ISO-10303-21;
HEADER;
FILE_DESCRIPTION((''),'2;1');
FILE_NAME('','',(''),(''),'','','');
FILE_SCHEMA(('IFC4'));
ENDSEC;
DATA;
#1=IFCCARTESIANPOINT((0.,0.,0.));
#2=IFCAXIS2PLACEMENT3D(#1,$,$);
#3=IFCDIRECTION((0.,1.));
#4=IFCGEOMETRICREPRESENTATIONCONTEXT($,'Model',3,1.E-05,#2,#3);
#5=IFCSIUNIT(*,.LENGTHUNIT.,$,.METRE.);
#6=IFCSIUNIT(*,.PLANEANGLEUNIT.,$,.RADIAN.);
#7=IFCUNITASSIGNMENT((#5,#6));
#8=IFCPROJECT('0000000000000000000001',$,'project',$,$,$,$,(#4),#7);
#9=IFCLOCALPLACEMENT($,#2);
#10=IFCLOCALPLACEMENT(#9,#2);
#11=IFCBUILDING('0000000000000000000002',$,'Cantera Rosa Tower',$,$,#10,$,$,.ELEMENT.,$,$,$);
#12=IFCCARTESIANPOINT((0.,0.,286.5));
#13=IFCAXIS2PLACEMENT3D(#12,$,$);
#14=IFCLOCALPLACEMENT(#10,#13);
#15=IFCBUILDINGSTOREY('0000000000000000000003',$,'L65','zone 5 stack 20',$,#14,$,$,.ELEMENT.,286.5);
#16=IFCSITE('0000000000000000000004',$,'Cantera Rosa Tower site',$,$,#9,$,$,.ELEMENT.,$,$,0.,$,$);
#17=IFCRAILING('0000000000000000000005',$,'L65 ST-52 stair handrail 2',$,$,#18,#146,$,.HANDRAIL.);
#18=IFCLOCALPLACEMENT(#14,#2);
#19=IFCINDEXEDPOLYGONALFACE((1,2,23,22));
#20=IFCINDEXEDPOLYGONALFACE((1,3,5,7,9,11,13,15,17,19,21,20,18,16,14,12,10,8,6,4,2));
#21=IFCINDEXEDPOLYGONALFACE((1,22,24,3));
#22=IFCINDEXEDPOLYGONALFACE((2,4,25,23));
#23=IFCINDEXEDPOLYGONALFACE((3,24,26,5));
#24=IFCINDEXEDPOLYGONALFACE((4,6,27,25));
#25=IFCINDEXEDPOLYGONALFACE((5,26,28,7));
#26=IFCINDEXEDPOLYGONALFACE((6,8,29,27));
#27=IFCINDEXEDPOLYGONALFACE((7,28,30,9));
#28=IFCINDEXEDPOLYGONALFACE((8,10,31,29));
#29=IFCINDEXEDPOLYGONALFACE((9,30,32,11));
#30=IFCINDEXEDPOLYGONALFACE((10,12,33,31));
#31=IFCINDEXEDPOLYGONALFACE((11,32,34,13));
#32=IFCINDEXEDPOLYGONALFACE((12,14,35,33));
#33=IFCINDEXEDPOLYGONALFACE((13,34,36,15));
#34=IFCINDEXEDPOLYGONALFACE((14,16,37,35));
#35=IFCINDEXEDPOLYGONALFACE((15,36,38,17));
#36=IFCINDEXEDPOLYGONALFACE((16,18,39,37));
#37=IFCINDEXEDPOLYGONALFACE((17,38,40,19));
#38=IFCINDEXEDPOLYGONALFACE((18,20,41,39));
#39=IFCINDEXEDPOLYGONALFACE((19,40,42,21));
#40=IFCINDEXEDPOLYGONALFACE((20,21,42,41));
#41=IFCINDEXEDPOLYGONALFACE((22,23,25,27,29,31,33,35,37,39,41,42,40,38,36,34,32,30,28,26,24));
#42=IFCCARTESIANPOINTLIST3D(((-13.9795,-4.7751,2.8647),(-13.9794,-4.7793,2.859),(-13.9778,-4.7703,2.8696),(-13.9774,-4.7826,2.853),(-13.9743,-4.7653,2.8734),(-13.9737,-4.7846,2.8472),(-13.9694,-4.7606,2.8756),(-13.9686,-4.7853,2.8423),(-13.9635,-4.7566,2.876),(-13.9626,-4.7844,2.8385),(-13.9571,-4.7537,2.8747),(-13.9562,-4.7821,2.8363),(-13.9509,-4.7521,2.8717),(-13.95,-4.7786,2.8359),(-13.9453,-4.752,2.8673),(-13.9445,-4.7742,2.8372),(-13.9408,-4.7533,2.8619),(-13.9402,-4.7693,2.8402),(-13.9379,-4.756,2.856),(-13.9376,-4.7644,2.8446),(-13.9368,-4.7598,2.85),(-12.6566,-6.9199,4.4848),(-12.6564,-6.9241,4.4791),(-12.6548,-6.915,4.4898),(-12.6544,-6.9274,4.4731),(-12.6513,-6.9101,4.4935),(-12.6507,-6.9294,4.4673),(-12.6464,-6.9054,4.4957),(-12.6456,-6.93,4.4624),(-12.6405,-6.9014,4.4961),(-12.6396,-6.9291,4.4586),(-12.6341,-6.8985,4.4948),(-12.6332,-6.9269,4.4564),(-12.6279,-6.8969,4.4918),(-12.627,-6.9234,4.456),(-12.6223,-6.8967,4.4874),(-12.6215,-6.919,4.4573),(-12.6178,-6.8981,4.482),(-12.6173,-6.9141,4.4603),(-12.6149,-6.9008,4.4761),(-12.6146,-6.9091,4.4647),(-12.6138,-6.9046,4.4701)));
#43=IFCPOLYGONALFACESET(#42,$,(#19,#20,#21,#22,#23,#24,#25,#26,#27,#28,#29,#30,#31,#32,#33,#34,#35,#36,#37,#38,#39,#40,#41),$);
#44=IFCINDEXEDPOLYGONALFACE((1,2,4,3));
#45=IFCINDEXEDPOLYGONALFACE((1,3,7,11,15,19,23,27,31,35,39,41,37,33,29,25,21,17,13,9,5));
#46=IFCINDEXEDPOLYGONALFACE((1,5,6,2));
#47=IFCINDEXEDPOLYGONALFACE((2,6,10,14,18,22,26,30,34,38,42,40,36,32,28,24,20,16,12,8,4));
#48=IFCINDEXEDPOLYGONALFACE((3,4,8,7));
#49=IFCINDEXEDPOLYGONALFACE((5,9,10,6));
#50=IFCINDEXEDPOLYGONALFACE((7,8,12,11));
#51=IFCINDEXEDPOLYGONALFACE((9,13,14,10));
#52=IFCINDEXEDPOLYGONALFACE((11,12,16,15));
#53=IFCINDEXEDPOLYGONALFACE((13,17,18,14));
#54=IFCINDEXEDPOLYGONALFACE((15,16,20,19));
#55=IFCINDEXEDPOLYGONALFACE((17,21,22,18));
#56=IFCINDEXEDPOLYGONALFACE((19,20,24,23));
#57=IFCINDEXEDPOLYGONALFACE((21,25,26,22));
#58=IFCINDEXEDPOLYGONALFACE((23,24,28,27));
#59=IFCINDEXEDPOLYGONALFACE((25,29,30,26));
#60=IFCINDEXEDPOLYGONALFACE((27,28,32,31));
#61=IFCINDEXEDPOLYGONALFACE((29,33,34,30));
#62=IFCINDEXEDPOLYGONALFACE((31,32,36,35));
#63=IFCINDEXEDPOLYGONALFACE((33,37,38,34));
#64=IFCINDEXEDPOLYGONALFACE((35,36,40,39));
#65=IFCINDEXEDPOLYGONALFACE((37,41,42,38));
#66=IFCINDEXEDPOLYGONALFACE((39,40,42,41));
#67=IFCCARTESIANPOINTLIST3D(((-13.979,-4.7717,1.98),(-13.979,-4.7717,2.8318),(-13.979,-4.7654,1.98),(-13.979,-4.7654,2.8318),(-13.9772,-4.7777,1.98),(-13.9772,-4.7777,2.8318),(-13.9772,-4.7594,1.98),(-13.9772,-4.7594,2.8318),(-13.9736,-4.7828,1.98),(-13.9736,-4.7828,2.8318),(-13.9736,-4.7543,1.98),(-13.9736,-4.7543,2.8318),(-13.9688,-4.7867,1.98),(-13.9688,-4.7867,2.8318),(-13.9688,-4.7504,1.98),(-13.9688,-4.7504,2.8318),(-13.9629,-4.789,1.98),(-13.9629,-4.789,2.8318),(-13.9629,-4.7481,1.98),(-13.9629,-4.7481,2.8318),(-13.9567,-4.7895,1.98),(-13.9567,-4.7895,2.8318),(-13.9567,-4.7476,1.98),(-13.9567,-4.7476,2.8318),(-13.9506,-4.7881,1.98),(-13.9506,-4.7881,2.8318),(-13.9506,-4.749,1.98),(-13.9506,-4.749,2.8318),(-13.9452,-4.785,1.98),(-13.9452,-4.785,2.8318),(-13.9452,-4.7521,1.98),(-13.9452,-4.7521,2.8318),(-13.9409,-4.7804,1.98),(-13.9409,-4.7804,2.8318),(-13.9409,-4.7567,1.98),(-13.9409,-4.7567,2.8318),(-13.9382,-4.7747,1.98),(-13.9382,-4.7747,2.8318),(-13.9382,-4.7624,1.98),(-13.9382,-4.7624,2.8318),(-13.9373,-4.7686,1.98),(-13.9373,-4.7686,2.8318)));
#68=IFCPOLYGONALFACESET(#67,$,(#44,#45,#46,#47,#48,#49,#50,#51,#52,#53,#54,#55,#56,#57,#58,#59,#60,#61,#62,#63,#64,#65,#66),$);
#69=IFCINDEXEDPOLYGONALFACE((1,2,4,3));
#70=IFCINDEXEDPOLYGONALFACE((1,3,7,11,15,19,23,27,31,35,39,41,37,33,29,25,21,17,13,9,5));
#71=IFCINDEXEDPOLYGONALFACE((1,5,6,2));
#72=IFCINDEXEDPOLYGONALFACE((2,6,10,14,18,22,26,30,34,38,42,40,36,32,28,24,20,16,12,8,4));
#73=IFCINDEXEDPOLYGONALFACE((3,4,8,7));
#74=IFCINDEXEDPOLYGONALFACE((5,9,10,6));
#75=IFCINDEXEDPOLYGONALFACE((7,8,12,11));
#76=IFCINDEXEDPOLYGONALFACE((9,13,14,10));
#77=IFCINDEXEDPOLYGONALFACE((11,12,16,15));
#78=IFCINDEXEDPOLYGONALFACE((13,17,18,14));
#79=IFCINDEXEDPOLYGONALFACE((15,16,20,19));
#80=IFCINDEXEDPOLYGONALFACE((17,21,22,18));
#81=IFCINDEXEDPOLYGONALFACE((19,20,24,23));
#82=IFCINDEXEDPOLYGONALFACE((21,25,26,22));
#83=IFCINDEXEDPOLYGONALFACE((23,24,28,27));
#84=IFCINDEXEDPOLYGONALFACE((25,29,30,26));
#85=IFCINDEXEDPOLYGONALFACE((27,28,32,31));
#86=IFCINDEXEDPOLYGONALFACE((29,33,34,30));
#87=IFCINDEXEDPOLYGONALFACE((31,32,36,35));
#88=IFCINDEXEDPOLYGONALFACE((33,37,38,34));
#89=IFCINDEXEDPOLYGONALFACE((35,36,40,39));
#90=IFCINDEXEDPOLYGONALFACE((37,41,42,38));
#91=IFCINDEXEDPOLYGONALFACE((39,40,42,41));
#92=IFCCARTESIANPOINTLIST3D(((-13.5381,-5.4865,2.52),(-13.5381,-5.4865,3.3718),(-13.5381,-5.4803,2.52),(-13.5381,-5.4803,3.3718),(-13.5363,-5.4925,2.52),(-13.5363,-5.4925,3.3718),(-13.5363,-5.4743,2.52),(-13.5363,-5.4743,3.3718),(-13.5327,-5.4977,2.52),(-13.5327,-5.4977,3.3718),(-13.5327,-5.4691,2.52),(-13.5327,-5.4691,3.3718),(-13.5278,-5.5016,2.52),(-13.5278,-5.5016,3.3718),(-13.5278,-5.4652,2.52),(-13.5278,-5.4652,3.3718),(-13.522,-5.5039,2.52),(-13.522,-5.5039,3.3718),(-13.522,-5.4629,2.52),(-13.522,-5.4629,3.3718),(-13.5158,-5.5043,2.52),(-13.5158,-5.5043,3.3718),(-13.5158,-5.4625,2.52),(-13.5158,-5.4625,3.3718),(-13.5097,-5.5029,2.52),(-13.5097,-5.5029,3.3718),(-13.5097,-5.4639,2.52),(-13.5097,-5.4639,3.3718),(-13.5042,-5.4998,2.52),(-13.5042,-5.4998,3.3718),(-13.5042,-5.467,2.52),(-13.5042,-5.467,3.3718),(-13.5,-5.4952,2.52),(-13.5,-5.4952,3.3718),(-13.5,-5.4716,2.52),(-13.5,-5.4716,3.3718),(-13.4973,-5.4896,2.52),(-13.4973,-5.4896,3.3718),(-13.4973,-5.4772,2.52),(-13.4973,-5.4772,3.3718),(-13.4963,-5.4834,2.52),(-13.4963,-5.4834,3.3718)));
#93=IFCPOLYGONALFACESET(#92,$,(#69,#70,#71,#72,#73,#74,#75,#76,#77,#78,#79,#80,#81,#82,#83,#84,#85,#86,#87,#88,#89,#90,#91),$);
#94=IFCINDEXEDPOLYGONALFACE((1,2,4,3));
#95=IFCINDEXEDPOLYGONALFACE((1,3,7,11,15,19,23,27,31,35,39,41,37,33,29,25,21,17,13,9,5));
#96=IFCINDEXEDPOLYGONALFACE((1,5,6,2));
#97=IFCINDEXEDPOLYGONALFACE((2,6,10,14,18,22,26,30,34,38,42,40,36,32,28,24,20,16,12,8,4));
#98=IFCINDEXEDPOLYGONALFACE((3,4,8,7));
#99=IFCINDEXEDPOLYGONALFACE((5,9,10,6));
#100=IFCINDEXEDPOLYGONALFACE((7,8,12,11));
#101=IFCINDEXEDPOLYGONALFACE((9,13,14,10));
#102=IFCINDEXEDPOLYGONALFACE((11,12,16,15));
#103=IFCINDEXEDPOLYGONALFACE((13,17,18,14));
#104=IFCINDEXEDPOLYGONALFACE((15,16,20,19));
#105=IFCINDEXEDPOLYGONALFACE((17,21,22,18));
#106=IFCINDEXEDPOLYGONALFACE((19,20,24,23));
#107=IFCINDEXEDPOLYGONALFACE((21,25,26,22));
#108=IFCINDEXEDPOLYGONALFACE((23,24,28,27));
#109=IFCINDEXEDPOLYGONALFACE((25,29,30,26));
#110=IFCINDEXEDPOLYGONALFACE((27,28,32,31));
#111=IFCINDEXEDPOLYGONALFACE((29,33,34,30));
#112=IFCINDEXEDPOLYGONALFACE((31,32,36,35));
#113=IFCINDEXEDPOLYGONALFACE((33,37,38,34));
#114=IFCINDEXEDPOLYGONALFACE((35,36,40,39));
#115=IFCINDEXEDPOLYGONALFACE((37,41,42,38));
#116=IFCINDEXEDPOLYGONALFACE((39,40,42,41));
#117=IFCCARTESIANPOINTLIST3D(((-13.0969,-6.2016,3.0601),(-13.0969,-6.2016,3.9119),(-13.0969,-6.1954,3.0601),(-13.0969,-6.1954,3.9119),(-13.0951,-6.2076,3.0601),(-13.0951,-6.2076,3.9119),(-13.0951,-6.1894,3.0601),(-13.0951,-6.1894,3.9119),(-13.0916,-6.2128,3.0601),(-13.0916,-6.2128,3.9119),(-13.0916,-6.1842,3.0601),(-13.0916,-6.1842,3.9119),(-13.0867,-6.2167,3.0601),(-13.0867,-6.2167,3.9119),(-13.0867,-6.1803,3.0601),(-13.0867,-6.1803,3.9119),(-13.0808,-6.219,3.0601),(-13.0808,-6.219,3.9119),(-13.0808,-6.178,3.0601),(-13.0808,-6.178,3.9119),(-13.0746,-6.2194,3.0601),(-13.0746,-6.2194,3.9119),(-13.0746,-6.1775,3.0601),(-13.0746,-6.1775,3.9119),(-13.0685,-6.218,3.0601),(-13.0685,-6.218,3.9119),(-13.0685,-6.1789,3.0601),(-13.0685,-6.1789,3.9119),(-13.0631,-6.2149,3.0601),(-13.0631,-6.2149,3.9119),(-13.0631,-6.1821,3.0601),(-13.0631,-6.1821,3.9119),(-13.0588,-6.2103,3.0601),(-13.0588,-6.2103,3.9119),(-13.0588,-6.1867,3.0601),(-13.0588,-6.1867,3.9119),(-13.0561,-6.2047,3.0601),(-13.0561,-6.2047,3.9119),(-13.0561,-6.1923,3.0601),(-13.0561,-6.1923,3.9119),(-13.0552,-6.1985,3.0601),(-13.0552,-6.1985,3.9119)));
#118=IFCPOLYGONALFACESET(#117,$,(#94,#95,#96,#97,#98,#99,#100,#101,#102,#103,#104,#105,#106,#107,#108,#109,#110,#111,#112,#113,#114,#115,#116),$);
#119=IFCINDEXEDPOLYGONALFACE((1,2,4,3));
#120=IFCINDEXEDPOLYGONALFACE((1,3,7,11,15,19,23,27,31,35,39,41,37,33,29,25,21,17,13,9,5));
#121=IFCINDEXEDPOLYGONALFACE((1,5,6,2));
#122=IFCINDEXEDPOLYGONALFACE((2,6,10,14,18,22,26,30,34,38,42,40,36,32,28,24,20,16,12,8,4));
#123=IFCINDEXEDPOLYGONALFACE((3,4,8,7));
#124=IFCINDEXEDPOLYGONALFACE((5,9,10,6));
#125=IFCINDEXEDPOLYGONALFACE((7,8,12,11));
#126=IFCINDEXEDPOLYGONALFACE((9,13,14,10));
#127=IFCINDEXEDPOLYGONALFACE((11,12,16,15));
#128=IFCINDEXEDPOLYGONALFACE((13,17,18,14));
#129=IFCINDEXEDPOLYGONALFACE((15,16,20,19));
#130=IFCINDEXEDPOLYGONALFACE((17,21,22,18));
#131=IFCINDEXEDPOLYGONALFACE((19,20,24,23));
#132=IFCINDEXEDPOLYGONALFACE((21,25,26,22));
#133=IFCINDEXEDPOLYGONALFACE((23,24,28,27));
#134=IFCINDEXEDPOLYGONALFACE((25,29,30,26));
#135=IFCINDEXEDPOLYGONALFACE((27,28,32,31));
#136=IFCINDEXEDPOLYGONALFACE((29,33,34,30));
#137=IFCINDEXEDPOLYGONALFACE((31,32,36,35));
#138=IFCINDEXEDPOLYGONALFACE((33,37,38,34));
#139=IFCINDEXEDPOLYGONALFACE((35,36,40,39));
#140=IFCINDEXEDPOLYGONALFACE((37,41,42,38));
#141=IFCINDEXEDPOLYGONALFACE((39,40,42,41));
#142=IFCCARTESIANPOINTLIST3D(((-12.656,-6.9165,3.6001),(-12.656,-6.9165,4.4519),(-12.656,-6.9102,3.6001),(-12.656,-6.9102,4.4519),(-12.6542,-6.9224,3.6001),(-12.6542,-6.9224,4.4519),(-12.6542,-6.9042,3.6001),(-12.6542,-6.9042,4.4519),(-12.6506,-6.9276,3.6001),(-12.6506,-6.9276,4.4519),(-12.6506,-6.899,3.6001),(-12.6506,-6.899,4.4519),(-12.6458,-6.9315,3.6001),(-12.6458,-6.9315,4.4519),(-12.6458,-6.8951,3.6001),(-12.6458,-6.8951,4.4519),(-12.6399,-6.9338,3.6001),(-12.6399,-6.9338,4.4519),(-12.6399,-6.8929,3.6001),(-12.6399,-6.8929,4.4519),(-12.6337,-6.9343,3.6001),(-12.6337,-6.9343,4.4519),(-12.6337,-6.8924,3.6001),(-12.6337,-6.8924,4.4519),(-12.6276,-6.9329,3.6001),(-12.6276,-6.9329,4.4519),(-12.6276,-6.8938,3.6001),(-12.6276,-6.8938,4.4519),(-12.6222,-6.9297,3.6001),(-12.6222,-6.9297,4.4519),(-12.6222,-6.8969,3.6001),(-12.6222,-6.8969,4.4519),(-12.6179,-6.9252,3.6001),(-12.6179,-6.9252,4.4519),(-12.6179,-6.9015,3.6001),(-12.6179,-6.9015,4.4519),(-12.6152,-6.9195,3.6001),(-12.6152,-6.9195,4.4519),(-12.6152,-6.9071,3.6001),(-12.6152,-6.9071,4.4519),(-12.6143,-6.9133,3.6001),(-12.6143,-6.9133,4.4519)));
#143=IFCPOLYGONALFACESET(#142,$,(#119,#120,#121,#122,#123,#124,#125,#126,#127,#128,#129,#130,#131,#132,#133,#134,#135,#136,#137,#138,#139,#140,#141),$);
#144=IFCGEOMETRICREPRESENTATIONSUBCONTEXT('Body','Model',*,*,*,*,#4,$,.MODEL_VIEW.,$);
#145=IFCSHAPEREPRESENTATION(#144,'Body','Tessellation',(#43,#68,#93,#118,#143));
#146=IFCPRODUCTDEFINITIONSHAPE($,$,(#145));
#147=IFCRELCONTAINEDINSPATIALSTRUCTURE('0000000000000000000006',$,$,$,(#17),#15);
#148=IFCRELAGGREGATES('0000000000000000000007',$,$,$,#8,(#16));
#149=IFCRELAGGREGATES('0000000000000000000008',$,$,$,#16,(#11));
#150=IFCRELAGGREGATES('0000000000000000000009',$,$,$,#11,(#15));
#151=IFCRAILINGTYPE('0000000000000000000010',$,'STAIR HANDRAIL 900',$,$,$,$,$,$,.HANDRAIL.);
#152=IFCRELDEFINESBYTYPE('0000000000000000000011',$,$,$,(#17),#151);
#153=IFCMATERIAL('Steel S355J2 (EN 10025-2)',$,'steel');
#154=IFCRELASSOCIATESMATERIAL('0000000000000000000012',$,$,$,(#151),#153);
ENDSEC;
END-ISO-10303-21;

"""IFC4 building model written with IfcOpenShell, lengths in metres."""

from ifc_helpers import new_model, si_unit, direction, frame, origin, origin_2d, place, context, subcontext, project, spatial, circle, extrude, material, type_object, element, save


model = new_model("IFC4")

# Units and contexts
model_context = context("Model", 3, precision=1e-05, world=origin(), true_north=direction((0.0, 1.0)))
body_context = subcontext(model_context, "Body", "Model", "MODEL_VIEW")
ifc_project = project(units=[si_unit("LENGTHUNIT", "METRE"), si_unit("PLANEANGLEUNIT", "RADIAN")], contexts=[model_context])

# Site, building, storey
site_placement = place(None, origin())
site = spatial("IfcSite", under=ifc_project, at=site_placement, Name="Cantera Rosa Tower site", CompositionType="ELEMENT", RefElevation=0.0)
building_placement = place(site_placement, origin())
building = spatial("IfcBuilding", under=site, at=building_placement, Name="Cantera Rosa Tower", CompositionType="ELEMENT")
storey_placement = place(building_placement, frame((0.0, 0.0, 286.5)))
storey = spatial("IfcBuildingStorey", under=building, at=storey_placement, Name="L65", Description="zone 5 stack 20", CompositionType="ELEMENT", Elevation=286.5)

# Railing
ifc_material_1 = material(Name="Steel S355J2 (EN 10025-2)", Category="steel")
railing_type_1 = type_object("IfcRailingType", Name="STAIR HANDRAIL 900", PredefinedType="HANDRAIL", material=ifc_material_1)
railing_1_placement = place(storey_placement, frame((-13.9583, -4.7686, 1.98)))
element("IfcRailing", 1, at=railing_1_placement, inside=storey, type_object=railing_type_1, Name="L65 ST-52 stair handrail 2", PredefinedType="HANDRAIL", context=body_context, shape_type="SweptSolid", body=[
    extrude(circle(Radius=0.0239, at=origin_2d()), frame((0.0, 0.0, 0.876), z_axis=(0.441609, -0.715914, 0.540786), x_axis=(0.851102, 0.525, 0.0)), (0.0, 0.0, 1.0), 2.9958),
    extrude(circle(Radius=0.021, at=origin_2d()), origin(), (0.0, 0.0, 1.0), 0.8518),
    extrude(circle(Radius=0.021, at=origin_2d()), frame((0.4409, -0.7148, 0.54)), (0.0, 0.0, 1.0), 0.8518),
    extrude(circle(Radius=0.021, at=origin_2d()), frame((0.8821, -1.4299, 1.0801)), (0.0, 0.0, 1.0), 0.8518),
    extrude(circle(Radius=0.021, at=origin_2d()), frame((1.323, -2.1448, 1.6201)), (0.0, 0.0, 1.0), 0.8518),
])

save(model, "model.ifc")
